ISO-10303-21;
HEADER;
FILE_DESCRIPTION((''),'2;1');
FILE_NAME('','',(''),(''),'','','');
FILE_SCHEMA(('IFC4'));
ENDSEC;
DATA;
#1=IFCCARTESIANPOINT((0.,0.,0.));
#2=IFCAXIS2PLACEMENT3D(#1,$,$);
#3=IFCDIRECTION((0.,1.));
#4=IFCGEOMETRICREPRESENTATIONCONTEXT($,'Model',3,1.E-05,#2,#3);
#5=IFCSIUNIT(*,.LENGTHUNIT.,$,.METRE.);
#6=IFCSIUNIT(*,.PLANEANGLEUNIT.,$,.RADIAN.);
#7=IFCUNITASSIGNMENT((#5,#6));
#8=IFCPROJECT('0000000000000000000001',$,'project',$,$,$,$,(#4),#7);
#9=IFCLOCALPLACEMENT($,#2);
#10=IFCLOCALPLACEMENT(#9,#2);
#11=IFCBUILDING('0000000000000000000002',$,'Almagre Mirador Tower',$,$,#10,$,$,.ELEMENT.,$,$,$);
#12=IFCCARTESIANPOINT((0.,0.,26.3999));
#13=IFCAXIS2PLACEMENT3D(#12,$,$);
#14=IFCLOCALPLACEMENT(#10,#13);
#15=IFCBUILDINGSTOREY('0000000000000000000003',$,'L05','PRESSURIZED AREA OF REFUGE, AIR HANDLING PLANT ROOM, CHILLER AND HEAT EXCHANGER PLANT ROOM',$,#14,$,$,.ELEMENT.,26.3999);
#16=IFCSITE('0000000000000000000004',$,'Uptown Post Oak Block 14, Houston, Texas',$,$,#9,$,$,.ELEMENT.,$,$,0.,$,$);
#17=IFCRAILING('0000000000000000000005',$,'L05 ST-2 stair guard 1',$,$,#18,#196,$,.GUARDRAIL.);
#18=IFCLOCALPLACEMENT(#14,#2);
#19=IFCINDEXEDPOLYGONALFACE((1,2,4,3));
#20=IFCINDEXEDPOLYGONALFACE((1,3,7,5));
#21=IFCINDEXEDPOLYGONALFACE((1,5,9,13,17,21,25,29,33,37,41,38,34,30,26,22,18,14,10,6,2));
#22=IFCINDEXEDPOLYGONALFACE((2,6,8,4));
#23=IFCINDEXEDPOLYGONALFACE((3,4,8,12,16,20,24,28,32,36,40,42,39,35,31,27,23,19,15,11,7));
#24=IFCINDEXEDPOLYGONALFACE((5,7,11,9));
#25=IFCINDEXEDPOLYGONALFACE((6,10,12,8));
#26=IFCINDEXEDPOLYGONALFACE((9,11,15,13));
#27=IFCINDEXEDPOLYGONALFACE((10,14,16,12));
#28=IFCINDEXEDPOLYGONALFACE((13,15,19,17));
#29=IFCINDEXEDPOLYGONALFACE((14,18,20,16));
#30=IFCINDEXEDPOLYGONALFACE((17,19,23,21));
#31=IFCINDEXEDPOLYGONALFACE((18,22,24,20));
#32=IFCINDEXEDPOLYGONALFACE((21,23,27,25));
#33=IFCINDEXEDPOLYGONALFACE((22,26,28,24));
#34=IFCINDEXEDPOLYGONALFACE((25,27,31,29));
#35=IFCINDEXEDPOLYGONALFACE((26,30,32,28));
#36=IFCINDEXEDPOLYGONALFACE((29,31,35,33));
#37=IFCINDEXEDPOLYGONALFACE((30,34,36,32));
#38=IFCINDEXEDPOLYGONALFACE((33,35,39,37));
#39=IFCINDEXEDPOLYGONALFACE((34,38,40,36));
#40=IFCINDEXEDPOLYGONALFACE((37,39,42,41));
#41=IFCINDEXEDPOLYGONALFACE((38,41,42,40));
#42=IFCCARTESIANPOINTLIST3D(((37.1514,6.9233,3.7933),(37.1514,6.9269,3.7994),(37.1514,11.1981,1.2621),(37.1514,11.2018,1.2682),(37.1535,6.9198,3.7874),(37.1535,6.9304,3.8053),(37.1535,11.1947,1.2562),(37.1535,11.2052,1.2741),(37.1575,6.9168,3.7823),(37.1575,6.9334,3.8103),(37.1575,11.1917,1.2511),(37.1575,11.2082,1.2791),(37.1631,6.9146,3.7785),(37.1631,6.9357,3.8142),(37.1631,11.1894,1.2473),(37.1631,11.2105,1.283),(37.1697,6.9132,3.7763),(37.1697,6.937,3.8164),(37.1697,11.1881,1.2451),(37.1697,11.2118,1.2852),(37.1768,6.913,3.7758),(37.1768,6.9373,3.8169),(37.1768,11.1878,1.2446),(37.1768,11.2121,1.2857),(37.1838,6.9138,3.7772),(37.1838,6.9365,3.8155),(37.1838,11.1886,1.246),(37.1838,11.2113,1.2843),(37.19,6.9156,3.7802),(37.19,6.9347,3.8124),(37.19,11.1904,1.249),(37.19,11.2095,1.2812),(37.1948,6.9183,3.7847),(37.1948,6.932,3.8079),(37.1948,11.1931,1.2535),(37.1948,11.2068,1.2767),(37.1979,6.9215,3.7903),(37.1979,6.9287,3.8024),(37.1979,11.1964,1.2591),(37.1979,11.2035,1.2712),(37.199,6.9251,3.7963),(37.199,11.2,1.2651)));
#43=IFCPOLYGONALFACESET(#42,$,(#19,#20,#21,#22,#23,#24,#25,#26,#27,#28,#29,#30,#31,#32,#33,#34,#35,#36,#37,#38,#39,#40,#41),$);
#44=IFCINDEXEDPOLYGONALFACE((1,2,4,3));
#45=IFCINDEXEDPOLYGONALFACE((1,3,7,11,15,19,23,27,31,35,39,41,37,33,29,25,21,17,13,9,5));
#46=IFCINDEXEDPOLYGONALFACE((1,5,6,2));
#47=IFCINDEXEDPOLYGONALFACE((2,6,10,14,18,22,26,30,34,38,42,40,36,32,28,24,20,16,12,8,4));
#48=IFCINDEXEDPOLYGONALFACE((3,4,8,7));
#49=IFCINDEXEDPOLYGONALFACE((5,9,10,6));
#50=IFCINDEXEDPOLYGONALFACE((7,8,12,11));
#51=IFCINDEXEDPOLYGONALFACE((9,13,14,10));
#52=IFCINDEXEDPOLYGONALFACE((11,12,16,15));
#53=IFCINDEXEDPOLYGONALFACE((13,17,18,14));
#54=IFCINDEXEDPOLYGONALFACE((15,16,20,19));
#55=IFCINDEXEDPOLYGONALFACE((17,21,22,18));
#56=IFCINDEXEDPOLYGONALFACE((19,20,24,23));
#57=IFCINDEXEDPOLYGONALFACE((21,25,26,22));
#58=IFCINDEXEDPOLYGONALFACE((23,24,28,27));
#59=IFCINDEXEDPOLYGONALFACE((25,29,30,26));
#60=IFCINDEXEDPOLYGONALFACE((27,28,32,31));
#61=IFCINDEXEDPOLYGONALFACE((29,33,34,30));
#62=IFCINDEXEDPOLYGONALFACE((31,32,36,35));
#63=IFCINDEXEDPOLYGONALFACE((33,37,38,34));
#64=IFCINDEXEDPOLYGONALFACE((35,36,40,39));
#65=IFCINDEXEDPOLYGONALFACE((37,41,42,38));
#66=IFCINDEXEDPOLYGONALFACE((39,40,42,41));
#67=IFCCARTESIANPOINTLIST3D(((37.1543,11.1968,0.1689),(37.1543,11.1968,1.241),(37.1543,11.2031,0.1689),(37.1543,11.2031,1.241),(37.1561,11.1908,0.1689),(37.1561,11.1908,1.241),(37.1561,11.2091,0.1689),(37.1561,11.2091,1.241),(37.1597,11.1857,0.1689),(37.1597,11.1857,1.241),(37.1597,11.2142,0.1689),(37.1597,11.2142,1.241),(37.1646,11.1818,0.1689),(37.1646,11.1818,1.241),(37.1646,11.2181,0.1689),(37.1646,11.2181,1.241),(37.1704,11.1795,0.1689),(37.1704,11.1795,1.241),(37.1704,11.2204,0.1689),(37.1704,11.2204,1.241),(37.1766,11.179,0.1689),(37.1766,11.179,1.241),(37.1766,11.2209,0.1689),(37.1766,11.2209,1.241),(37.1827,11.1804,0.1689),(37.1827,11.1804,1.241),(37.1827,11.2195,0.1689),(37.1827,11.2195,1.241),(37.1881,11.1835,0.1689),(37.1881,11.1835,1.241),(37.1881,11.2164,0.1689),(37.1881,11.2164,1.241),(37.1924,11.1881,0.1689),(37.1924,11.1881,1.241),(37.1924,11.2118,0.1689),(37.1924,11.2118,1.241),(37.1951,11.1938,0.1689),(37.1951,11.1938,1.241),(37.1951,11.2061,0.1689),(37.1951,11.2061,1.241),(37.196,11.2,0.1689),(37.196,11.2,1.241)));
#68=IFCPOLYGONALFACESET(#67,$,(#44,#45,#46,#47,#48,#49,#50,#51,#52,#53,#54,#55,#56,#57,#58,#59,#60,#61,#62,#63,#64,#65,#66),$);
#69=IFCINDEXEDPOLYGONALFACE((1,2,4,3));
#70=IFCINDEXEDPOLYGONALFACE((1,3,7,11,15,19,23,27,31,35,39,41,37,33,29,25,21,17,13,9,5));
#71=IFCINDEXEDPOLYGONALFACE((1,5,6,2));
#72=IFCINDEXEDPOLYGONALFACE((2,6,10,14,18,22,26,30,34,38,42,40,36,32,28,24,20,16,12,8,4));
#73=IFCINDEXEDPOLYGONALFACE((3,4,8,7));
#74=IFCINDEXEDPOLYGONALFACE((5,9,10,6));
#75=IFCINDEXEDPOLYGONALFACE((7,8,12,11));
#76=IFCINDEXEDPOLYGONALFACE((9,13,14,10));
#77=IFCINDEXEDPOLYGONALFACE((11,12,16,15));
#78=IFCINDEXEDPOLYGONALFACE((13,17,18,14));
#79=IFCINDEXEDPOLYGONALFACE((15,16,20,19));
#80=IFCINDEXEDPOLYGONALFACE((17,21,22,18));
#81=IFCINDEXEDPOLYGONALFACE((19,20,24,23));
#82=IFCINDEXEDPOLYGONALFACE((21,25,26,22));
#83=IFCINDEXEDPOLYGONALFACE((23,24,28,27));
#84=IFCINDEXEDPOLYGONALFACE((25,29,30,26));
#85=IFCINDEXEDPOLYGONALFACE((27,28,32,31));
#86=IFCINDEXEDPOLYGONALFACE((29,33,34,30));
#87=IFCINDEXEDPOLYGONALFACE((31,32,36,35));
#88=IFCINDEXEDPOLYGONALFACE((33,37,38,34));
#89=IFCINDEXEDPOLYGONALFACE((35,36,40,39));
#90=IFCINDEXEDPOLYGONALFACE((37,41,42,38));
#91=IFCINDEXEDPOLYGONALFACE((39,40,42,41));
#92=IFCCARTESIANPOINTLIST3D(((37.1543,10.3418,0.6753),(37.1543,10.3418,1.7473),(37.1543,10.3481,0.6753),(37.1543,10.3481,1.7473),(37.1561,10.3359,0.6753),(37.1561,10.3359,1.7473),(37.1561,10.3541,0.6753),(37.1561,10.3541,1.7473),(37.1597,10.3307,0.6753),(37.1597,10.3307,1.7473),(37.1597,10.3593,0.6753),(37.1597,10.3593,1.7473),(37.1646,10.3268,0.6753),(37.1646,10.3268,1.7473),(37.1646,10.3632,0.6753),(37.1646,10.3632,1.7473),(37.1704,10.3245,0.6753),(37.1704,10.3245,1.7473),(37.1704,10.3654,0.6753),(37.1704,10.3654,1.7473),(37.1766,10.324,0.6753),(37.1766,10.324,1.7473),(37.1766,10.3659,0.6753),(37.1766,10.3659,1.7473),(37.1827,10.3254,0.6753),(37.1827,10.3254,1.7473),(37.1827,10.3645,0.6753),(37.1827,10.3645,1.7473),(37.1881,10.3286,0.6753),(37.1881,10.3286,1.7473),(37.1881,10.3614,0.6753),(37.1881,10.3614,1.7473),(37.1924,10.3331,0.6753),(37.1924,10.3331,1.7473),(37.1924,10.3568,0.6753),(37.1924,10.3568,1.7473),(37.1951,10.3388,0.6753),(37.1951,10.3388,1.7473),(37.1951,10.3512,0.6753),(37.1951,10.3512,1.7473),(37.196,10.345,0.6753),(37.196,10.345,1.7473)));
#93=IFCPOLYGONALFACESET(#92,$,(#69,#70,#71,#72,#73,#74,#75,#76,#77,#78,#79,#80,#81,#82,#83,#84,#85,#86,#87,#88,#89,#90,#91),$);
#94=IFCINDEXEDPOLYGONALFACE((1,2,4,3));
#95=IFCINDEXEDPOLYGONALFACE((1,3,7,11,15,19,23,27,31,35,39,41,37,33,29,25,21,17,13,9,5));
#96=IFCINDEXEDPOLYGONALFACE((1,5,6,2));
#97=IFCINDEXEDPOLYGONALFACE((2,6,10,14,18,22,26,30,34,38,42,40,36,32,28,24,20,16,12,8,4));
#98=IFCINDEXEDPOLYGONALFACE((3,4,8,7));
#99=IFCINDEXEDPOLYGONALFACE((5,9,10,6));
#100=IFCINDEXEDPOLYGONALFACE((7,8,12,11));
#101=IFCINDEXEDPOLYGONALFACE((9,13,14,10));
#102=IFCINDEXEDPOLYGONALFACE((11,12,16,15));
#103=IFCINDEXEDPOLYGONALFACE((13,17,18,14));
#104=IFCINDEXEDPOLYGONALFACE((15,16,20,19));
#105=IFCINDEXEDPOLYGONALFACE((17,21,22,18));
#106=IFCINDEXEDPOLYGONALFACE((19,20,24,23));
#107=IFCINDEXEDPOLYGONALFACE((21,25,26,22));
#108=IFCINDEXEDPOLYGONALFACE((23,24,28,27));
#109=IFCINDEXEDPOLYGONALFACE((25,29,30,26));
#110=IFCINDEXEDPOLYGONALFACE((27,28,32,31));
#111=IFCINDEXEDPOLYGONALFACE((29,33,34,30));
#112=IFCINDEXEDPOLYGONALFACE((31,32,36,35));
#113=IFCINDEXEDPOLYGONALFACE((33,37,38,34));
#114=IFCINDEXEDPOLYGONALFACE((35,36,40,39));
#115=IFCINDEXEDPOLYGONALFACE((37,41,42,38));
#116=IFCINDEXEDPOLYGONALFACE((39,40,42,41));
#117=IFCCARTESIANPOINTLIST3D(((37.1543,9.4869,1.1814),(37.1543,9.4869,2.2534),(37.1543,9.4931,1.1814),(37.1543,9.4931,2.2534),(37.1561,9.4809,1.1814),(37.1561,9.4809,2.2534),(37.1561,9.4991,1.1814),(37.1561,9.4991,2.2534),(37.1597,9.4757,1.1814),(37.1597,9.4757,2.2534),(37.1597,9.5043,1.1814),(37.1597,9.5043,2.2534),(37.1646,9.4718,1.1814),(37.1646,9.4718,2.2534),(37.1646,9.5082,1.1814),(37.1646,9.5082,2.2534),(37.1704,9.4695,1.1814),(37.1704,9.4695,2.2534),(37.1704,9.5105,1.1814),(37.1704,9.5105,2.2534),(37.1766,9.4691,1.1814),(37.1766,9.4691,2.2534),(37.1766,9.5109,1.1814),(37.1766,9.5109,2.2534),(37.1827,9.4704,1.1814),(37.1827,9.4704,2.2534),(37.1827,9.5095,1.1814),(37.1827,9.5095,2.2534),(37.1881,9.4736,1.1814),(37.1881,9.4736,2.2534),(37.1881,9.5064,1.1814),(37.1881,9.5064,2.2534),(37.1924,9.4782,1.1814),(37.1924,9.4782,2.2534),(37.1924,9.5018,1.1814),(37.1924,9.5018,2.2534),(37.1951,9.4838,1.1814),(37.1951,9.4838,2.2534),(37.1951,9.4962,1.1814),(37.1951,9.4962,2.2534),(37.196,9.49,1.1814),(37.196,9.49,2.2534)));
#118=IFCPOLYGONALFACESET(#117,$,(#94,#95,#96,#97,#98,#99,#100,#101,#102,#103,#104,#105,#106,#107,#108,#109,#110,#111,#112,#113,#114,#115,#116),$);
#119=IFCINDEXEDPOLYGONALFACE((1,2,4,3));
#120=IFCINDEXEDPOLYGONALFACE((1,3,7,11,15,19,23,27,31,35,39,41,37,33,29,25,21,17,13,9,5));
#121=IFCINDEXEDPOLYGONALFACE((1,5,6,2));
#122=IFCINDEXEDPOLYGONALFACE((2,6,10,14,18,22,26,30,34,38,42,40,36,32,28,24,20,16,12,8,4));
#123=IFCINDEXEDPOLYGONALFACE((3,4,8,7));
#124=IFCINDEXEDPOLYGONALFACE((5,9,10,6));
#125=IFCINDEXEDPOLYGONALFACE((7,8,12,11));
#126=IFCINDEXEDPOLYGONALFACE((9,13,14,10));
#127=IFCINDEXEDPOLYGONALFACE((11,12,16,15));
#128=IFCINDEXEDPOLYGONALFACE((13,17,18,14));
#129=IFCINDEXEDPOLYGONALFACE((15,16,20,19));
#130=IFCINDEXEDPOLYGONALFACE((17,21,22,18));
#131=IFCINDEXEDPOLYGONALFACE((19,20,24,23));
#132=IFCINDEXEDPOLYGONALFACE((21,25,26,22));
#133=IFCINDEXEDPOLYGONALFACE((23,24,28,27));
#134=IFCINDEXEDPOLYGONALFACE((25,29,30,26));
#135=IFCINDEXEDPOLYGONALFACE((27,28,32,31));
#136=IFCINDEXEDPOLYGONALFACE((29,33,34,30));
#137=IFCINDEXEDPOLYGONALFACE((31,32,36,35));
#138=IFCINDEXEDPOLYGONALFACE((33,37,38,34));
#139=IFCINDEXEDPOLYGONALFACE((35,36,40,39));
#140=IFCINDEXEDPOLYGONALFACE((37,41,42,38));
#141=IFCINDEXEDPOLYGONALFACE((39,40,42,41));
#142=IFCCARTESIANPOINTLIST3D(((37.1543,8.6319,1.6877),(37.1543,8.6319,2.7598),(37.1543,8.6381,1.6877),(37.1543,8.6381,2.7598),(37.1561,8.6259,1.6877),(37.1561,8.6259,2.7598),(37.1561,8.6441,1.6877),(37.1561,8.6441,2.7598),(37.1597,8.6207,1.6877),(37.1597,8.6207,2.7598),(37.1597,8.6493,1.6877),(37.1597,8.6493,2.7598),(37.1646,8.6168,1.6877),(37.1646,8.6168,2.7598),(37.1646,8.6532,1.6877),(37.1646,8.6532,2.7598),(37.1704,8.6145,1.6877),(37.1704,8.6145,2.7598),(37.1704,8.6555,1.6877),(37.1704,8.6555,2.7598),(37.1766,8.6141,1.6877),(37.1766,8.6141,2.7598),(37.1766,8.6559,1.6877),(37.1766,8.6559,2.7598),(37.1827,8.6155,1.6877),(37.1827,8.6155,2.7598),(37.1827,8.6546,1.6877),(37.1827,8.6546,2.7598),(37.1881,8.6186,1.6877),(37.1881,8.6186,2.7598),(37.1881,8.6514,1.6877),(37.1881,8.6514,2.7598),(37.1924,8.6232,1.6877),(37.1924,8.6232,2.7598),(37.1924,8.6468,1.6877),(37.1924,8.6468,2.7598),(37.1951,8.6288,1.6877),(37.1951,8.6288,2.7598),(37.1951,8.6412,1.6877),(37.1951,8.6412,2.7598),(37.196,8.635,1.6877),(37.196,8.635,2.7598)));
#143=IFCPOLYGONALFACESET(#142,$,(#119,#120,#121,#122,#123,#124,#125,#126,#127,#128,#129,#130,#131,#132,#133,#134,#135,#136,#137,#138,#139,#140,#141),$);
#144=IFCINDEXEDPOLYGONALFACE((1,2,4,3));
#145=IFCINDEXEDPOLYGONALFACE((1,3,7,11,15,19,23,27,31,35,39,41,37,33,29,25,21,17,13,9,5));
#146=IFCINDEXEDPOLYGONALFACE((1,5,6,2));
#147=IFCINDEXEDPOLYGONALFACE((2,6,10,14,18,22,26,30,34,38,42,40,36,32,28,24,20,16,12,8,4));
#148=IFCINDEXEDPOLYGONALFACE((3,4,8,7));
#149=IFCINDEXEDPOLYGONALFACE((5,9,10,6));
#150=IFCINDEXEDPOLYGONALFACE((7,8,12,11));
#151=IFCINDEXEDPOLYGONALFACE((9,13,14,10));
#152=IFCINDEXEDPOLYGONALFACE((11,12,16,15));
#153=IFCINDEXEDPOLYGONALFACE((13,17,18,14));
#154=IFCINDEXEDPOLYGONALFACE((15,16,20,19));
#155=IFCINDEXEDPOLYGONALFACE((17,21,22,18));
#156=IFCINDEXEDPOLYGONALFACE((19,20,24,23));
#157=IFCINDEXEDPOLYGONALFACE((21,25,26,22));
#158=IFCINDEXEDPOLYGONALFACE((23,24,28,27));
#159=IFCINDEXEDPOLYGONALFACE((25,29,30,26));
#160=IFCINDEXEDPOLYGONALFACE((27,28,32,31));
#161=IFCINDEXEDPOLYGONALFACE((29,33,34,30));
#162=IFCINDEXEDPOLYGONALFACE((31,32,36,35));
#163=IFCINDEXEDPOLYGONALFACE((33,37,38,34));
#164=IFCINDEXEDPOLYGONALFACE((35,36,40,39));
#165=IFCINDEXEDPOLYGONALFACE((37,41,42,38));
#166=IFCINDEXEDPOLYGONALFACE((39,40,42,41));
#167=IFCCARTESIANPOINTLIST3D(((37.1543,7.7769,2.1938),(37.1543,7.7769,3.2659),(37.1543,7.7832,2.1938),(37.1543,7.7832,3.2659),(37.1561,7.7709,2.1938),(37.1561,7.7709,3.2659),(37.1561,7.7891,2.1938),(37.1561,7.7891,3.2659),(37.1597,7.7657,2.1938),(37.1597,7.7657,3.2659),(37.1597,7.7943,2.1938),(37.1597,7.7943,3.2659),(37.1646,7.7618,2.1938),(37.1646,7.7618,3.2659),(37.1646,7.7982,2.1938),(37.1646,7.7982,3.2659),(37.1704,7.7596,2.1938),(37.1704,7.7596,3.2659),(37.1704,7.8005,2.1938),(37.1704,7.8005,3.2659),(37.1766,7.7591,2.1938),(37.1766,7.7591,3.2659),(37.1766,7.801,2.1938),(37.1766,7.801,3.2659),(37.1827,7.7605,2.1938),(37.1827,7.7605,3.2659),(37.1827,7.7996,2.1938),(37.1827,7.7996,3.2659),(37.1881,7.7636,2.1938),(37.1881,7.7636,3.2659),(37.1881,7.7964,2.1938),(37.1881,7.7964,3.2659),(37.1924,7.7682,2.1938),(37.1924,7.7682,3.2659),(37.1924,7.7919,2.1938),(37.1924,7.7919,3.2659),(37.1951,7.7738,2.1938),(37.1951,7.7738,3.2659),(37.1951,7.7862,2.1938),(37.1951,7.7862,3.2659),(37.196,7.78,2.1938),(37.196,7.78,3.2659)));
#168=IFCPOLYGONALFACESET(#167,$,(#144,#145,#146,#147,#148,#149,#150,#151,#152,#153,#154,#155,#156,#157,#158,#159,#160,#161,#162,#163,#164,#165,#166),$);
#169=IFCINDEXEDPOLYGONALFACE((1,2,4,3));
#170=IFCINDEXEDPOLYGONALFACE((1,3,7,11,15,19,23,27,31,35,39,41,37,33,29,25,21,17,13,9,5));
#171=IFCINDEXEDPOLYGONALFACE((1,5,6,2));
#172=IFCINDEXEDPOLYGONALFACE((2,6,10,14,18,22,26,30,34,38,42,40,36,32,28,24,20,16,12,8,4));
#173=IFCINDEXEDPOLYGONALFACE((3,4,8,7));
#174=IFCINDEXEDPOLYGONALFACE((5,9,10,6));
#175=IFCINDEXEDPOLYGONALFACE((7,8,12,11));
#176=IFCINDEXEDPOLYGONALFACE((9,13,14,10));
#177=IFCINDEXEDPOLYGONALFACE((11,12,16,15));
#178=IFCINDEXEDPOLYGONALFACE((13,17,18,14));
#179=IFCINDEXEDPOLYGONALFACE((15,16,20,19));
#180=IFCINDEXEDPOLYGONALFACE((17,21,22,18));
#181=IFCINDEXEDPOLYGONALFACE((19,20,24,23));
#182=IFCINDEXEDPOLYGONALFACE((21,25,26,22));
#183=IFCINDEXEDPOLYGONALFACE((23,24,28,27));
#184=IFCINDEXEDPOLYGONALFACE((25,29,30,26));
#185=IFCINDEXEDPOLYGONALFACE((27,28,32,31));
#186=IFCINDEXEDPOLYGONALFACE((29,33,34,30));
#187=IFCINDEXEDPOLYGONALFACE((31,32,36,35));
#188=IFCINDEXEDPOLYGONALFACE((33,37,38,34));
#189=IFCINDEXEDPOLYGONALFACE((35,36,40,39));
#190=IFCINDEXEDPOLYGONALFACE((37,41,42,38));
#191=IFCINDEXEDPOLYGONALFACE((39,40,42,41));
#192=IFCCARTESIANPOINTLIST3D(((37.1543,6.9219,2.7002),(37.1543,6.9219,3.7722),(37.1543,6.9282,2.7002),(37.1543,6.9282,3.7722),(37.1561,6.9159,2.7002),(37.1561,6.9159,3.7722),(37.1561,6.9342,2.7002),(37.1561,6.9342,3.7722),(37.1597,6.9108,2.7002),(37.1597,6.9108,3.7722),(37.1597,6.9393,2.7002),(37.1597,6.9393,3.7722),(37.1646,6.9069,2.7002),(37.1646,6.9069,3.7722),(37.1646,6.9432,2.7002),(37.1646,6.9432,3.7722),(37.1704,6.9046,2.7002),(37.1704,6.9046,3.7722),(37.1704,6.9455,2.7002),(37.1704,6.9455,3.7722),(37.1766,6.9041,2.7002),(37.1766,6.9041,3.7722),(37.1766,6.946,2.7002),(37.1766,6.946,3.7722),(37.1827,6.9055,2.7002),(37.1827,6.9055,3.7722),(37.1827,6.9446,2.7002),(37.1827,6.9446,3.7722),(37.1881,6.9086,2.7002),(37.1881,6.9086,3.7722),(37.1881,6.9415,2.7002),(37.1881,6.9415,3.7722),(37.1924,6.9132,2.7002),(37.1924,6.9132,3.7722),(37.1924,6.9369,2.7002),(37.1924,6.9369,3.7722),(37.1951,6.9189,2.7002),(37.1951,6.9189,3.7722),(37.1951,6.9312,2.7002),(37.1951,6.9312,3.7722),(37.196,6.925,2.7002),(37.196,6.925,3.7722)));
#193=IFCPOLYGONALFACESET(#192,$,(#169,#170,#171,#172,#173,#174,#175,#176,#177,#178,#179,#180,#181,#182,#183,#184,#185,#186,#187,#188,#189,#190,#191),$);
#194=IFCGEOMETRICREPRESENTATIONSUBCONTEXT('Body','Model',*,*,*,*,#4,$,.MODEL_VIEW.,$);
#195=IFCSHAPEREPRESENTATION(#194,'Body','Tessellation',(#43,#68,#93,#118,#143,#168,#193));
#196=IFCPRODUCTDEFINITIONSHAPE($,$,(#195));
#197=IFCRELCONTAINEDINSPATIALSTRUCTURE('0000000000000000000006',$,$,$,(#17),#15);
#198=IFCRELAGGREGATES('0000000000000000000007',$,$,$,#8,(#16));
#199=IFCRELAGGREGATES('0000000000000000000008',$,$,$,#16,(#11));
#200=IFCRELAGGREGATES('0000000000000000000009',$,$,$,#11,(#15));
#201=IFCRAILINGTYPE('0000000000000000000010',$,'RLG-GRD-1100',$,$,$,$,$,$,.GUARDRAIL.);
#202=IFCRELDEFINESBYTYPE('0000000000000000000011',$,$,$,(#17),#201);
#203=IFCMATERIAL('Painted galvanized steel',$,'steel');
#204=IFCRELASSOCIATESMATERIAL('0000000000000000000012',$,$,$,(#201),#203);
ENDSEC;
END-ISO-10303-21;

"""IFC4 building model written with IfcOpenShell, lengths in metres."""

from ifc_helpers import new_model, si_unit, direction, frame, origin, origin_2d, place, context, subcontext, project, spatial, circle, extrude, material, type_object, element, save


model = new_model("IFC4")

# Units and contexts
model_context = context("Model", 3, precision=1e-05, world=origin(), true_north=direction((0.0, 1.0)))
body_context = subcontext(model_context, "Body", "Model", "MODEL_VIEW")
ifc_project = project(units=[si_unit("LENGTHUNIT", "METRE"), si_unit("PLANEANGLEUNIT", "RADIAN")], contexts=[model_context])

# Site, building, storey
site_placement = place(None, origin())
site = spatial("IfcSite", under=ifc_project, at=site_placement, Name="Uptown Post Oak Block 14, Houston, Texas", CompositionType="ELEMENT", RefElevation=0.0)
building_placement = place(site_placement, origin())
building = spatial("IfcBuilding", under=site, at=building_placement, Name="Almagre Mirador Tower", CompositionType="ELEMENT")
storey_placement = place(building_placement, frame((0.0, 0.0, 26.3999)))
storey = spatial("IfcBuildingStorey", under=building, at=storey_placement, Name="L05", Description="PRESSURIZED AREA OF REFUGE, AIR HANDLING PLANT ROOM, CHILLER AND HEAT EXCHANGER PLANT ROOM", CompositionType="ELEMENT", Elevation=26.3999)

# Railing
ifc_material_1 = material(Name="Painted galvanized steel", Category="steel")
railing_type_1 = type_object("IfcRailingType", Name="RLG-GRD-1100", PredefinedType="GUARDRAIL", material=ifc_material_1)
railing_1_placement = place(storey_placement, frame((37.175, 11.2, 0.1689)))
element("IfcRailing", 1, at=railing_1_placement, inside=storey, type_object=railing_type_1, Name="L05 ST-2 stair guard 1", PredefinedType="GUARDRAIL", context=body_context, shape_type="SweptSolid", body=[
    extrude(circle(Radius=0.0239, at=origin_2d()), frame((0.0, 0.0, 1.0962), z_axis=(0.0, -0.86047, 0.509501), x_axis=(1.0, 0.0, 0.0)), (0.0, 0.0, 1.0), 4.968),
    extrude(circle(Radius=0.021, at=origin_2d()), origin(), (0.0, 0.0, 1.0), 1.072),
    extrude(circle(Radius=0.021, at=origin_2d()), frame((0.0, -0.855, 0.5063)), (0.0, 0.0, 1.0), 1.072),
    extrude(circle(Radius=0.021, at=origin_2d()), frame((0.0, -1.71, 1.0125)), (0.0, 0.0, 1.0), 1.072),
    extrude(circle(Radius=0.021, at=origin_2d()), frame((0.0, -2.5649, 1.5188)), (0.0, 0.0, 1.0), 1.072),
    extrude(circle(Radius=0.021, at=origin_2d()), frame((0.0, -3.4199, 2.0249)), (0.0, 0.0, 1.0), 1.072),
    extrude(circle(Radius=0.021, at=origin_2d()), frame((0.0, -4.2749, 2.5312)), (0.0, 0.0, 1.0), 1.072),
])

save(model, "model.ifc")
